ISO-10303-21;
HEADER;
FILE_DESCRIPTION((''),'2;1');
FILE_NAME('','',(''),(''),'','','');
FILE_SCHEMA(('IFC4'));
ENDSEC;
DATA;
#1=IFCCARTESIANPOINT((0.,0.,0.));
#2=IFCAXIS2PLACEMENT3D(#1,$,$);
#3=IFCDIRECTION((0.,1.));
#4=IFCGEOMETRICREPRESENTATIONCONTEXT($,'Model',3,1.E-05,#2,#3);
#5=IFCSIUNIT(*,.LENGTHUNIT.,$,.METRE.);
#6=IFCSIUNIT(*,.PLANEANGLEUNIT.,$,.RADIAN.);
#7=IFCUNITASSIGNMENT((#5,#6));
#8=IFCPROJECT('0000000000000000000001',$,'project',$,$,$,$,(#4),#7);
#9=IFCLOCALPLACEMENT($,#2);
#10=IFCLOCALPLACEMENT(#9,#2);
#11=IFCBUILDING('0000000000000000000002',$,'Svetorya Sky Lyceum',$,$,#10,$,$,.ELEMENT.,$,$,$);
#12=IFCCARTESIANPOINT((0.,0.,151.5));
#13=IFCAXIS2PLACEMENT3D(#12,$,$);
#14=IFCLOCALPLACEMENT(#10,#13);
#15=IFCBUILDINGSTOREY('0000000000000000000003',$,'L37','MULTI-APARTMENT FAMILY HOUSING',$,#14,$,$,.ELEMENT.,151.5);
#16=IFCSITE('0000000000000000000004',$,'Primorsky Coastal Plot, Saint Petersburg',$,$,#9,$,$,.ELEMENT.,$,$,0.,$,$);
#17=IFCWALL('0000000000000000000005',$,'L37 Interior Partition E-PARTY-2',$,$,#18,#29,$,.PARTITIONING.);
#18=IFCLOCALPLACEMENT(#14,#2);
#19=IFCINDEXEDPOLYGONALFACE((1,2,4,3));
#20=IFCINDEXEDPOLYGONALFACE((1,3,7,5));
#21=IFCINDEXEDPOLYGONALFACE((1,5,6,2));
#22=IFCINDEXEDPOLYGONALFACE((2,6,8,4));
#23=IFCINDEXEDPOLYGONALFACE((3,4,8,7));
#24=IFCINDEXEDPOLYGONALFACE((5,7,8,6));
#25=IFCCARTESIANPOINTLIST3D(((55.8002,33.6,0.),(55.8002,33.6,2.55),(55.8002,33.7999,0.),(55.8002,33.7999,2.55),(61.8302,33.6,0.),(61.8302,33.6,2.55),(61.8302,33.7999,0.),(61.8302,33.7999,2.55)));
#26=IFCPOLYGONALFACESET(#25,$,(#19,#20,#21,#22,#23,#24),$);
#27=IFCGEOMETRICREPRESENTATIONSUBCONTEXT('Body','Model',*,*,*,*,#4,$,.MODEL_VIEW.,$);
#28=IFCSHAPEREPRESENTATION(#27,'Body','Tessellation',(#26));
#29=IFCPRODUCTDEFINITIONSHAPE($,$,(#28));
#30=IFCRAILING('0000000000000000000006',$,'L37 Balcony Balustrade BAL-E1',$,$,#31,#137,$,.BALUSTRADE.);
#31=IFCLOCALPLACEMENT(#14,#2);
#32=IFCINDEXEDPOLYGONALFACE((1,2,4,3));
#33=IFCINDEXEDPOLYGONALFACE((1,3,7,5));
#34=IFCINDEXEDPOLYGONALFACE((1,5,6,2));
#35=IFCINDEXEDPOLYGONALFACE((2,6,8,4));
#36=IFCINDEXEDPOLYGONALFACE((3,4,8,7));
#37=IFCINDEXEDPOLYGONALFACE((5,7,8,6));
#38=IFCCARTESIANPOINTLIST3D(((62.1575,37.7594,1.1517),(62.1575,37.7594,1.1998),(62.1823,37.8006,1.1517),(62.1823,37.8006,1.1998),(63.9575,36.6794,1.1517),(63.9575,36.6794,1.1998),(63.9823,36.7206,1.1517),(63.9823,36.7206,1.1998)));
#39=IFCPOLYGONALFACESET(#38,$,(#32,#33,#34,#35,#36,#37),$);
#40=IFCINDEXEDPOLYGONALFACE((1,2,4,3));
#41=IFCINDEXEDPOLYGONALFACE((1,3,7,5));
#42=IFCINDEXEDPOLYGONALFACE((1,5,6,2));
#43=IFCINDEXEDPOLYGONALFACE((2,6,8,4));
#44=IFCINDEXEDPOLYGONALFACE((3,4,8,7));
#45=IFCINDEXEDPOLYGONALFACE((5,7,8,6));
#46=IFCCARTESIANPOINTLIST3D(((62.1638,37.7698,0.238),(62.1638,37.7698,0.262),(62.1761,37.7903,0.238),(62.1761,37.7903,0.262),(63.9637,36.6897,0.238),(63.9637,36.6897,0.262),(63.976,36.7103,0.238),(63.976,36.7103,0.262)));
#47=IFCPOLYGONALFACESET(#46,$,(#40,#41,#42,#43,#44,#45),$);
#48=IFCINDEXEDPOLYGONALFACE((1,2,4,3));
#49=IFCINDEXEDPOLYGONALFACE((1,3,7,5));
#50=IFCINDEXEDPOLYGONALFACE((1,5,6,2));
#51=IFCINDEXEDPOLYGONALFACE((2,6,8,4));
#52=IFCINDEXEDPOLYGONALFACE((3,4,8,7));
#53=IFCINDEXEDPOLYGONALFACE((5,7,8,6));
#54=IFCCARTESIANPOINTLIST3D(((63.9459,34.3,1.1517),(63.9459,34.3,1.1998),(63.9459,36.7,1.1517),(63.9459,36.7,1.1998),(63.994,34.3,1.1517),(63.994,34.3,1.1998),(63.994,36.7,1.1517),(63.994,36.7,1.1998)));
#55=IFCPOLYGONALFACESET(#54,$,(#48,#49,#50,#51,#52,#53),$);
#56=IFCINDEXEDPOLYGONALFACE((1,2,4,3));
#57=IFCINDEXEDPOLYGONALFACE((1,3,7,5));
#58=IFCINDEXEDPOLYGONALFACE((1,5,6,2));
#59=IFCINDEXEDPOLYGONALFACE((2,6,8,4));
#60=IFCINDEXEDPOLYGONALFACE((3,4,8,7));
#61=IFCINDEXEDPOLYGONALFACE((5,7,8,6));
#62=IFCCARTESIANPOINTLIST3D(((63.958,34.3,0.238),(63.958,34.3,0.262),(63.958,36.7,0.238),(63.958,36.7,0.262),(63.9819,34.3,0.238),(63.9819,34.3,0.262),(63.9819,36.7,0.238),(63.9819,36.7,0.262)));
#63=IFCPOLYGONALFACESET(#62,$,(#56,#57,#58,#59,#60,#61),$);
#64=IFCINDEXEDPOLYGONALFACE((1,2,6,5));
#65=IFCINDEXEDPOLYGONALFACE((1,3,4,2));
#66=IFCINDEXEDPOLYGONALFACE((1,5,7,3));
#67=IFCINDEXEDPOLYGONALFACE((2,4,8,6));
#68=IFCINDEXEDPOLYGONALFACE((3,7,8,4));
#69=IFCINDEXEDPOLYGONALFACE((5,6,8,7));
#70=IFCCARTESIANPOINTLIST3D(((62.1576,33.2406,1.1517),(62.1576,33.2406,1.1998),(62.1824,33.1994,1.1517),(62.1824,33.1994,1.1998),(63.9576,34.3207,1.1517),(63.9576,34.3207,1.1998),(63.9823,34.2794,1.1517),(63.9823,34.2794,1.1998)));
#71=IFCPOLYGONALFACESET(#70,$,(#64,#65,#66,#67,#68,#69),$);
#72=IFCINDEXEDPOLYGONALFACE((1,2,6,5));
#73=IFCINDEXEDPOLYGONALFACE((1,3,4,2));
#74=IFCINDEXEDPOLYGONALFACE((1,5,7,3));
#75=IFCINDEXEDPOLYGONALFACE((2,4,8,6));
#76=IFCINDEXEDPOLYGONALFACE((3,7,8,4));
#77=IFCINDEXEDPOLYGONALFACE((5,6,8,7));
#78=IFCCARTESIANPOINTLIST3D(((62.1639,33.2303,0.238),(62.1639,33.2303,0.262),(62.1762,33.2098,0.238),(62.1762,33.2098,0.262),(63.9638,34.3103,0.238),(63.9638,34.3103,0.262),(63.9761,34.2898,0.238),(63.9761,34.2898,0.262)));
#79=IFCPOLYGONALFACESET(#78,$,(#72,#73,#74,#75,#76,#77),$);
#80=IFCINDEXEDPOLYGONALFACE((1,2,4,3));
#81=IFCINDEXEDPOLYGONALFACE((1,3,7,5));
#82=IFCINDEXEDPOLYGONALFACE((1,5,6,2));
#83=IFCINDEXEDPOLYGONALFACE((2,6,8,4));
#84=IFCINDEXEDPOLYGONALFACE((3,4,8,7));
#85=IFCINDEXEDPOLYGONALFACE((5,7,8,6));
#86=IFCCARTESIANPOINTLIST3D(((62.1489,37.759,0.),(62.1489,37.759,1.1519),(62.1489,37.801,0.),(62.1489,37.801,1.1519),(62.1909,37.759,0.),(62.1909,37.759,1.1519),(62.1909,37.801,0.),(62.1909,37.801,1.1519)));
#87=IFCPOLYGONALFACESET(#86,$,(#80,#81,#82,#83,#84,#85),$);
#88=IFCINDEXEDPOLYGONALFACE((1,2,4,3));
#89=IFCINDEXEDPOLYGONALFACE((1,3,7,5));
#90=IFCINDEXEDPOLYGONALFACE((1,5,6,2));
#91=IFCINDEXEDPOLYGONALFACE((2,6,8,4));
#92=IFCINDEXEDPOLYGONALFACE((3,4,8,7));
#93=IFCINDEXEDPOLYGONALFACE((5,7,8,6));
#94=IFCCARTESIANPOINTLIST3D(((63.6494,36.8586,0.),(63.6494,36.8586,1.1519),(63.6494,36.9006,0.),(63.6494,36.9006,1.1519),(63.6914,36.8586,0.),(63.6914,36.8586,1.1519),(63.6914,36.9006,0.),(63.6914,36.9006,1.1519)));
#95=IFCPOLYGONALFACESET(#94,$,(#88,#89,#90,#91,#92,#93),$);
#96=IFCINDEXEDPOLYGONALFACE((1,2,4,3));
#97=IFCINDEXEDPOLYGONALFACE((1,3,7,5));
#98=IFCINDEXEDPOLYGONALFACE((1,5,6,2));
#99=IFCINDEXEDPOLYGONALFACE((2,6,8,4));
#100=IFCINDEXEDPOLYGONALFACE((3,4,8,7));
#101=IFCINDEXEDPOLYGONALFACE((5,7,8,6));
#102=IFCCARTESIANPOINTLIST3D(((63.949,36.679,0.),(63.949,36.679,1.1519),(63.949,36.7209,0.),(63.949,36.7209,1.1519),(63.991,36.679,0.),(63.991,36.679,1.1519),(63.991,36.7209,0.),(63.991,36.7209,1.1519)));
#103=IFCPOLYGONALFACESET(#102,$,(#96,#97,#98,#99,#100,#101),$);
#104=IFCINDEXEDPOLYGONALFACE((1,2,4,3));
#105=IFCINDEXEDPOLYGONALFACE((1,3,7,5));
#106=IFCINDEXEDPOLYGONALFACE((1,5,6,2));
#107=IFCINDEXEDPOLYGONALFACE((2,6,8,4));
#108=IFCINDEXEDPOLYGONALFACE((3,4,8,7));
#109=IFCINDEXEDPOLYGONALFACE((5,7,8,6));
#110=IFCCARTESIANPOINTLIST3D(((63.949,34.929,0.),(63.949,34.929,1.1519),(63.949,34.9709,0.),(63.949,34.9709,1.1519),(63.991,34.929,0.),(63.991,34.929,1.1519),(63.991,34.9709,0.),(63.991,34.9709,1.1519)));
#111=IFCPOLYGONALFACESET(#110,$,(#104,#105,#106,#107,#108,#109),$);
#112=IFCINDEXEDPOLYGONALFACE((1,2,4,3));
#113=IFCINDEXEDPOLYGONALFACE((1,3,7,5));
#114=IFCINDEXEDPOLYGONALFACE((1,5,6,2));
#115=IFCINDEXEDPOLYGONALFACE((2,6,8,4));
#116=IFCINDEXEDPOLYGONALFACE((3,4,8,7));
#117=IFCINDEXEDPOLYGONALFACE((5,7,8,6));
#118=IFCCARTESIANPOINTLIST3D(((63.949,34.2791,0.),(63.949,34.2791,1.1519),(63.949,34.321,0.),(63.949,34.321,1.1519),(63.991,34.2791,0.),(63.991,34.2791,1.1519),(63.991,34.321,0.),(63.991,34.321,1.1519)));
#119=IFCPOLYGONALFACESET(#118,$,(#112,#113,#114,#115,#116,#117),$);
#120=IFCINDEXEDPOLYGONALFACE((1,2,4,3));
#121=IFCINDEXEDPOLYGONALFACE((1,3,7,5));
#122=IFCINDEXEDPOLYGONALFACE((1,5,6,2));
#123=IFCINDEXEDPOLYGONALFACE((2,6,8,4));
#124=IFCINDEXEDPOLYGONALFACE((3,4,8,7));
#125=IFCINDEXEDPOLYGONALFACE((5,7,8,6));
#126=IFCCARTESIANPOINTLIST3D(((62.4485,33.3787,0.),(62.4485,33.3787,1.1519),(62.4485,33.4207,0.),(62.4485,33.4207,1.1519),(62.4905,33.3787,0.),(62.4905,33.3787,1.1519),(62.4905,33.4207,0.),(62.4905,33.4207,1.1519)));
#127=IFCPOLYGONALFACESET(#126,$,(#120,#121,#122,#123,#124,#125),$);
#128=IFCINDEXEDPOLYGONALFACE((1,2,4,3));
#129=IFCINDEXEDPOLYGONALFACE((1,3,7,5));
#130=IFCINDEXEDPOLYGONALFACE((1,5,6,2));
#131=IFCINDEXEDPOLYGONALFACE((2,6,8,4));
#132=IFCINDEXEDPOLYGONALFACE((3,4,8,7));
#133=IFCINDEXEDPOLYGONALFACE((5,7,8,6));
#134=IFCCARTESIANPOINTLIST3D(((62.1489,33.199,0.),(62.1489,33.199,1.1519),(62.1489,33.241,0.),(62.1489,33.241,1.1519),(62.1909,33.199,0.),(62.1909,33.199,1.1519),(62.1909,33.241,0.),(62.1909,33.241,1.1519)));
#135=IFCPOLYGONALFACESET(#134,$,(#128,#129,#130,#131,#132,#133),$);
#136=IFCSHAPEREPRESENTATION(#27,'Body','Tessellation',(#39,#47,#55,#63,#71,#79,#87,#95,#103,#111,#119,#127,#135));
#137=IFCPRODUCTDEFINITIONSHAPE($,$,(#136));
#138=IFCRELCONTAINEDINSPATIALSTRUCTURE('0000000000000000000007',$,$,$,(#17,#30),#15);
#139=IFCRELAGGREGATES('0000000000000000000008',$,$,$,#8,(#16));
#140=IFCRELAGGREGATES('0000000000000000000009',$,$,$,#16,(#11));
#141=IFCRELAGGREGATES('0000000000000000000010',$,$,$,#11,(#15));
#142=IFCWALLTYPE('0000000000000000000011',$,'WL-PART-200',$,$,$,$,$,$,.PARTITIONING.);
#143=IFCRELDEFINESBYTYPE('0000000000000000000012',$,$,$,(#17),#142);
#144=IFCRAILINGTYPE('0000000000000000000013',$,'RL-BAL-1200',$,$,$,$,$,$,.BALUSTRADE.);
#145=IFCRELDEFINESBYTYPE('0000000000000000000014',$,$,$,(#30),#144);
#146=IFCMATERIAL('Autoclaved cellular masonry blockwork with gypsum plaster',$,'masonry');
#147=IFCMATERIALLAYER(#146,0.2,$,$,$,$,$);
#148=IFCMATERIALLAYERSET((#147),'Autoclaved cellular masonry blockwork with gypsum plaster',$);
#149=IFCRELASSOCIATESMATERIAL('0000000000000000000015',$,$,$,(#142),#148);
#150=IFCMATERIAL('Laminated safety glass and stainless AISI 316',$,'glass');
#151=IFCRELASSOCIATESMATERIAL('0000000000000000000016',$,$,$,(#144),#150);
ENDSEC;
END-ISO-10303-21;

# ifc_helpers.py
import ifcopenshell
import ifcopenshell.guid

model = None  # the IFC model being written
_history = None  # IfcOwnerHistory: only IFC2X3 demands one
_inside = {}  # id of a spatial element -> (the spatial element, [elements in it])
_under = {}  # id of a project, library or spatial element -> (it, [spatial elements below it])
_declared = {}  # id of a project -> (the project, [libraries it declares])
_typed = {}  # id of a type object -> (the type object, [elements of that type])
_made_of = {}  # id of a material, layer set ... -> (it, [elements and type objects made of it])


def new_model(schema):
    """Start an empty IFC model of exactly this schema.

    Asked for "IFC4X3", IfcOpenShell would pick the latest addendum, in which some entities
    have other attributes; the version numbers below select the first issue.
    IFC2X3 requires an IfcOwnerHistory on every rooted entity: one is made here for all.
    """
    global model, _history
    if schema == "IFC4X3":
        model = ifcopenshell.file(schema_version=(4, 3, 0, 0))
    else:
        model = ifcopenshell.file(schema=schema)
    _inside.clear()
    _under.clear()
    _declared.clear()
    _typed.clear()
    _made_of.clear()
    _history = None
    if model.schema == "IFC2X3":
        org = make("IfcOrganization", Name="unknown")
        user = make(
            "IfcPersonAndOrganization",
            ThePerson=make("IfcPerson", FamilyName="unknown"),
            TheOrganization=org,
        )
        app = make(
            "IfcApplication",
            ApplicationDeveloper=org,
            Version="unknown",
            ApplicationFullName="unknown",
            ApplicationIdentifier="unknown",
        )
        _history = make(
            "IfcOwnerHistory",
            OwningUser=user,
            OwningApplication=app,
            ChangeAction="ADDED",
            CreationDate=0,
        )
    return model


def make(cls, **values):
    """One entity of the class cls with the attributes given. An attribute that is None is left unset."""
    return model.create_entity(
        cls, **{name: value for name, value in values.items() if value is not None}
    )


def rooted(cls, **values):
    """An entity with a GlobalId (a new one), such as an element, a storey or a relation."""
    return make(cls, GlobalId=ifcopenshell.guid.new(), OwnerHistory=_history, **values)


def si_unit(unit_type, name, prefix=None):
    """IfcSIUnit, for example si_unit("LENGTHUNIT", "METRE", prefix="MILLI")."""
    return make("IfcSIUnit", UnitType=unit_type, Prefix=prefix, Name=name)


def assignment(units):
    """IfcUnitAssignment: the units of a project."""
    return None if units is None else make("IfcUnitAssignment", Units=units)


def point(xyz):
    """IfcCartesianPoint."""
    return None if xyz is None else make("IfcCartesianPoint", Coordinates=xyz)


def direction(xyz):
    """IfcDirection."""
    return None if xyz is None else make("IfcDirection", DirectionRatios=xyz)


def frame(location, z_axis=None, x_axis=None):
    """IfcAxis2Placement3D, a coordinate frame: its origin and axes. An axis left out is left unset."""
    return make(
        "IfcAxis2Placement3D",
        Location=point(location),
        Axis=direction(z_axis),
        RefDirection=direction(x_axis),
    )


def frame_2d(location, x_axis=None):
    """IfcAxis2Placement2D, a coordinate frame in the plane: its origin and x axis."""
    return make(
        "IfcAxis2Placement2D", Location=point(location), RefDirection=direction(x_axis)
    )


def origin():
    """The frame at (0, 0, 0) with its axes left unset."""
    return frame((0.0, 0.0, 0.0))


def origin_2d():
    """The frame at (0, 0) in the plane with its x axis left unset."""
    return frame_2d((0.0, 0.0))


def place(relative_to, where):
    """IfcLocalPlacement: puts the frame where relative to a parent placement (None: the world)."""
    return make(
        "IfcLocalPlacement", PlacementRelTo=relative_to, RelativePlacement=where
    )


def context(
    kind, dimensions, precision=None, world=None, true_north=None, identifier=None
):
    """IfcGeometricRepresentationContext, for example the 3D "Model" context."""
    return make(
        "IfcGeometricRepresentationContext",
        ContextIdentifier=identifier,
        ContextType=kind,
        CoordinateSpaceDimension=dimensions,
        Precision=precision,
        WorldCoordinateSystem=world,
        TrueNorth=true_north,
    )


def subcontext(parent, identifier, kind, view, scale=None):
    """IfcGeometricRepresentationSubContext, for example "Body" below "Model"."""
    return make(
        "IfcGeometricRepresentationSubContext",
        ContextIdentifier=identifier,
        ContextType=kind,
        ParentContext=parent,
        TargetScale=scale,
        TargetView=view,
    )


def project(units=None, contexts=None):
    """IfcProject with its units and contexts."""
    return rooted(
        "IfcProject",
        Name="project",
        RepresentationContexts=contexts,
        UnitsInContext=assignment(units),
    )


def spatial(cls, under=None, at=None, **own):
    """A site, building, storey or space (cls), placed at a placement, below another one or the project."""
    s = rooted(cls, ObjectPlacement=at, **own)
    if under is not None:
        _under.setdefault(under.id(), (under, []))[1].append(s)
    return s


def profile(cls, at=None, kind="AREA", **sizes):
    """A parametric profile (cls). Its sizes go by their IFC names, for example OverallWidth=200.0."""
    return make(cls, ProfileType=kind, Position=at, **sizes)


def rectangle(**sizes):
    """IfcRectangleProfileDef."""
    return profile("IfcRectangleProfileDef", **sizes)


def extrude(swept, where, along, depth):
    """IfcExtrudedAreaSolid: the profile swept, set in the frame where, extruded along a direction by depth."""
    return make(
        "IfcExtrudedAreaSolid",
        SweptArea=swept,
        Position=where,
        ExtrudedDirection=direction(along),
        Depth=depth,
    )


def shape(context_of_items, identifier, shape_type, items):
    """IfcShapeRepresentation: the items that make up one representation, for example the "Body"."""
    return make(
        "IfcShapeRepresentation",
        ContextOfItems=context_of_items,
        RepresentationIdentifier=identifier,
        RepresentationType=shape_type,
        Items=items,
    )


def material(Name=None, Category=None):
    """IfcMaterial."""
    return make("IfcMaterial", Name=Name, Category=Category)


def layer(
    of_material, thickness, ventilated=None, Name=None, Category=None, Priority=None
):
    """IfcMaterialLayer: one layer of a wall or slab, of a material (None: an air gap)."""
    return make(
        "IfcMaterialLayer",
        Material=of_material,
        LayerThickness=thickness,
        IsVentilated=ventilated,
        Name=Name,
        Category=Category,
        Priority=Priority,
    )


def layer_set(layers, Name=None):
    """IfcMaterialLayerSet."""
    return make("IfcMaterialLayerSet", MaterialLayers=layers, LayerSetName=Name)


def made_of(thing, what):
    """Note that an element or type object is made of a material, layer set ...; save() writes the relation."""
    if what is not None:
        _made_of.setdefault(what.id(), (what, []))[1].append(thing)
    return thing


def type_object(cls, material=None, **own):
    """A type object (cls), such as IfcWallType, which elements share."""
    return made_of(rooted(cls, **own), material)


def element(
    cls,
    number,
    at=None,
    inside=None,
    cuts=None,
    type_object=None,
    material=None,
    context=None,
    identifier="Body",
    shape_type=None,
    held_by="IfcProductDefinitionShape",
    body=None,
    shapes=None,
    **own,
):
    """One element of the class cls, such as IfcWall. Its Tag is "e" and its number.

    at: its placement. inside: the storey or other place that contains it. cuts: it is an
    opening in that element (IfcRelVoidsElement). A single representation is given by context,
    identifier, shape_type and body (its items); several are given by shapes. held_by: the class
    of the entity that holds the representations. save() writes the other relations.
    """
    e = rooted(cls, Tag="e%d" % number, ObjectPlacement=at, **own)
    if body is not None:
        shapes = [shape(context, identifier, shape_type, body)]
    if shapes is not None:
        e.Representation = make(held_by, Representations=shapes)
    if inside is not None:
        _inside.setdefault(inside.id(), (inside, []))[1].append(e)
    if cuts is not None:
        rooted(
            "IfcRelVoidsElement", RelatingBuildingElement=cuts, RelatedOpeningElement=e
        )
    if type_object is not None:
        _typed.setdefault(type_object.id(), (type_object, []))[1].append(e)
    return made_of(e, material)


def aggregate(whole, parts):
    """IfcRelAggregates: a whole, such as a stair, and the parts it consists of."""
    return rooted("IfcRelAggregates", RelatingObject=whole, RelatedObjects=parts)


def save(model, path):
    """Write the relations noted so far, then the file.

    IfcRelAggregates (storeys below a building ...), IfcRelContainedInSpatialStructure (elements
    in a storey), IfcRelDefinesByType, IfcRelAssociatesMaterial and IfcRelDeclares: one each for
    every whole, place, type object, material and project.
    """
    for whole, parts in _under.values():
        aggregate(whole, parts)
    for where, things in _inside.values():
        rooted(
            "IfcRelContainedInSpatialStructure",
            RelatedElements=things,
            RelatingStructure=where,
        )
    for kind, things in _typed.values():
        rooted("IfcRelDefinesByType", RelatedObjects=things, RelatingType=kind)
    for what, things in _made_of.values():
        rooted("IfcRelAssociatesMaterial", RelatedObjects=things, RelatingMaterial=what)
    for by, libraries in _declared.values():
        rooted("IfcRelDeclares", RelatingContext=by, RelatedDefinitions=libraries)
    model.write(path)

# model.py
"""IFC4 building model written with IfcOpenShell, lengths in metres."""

from ifc_helpers import new_model, si_unit, direction, frame, frame_2d, origin, origin_2d, place, context, subcontext, project, spatial, rectangle, extrude, material, layer, layer_set, type_object, element, save


model = new_model("IFC4")

# Units and contexts
model_context = context("Model", 3, precision=1e-05, world=origin(), true_north=direction((0.0, 1.0)))
body_context = subcontext(model_context, "Body", "Model", "MODEL_VIEW")
ifc_project = project(units=[si_unit("LENGTHUNIT", "METRE"), si_unit("PLANEANGLEUNIT", "RADIAN")], contexts=[model_context])

# Site, building, storey
site_placement = place(None, origin())
site = spatial("IfcSite", under=ifc_project, at=site_placement, Name="Primorsky Coastal Plot, Saint Petersburg", CompositionType="ELEMENT", RefElevation=0.0)
building_placement = place(site_placement, origin())
building = spatial("IfcBuilding", under=site, at=building_placement, Name="Svetorya Sky Lyceum", CompositionType="ELEMENT")
storey_placement = place(building_placement, frame((0.0, 0.0, 151.5)))
storey = spatial("IfcBuildingStorey", under=building, at=storey_placement, Name="L37", Description="MULTI-APARTMENT FAMILY HOUSING", CompositionType="ELEMENT", Elevation=151.5)

# Wall
ifc_material_1 = material(Name="Autoclaved cellular masonry blockwork with gypsum plaster", Category="masonry")
ifc_layer_1 = layer(ifc_material_1, 0.2)
ifc_layer_set_1 = layer_set([ifc_layer_1], Name="Autoclaved cellular masonry blockwork with gypsum plaster")
wall_type_1 = type_object("IfcWallType", Name="WL-PART-200", PredefinedType="PARTITIONING", material=ifc_layer_set_1)
wall_1_placement = place(storey_placement, frame((55.8, 33.7, 0.0), z_axis=(0.0, 0.0, 1.0), x_axis=(1.0, 0.0, 0.0)))
element("IfcWall", 1, at=wall_1_placement, inside=storey, type_object=wall_type_1, Name="L37 Interior Partition E-PARTY-2", PredefinedType="PARTITIONING", context=body_context, shape_type="SweptSolid", body=[
    extrude(rectangle(XDim=6.03, YDim=0.2, at=frame_2d((3.0151, 0.0))), origin(), (0.0, 0.0, 1.0), 2.55),
])

# Railing
ifc_material_2 = material(Name="Laminated safety glass and stainless AISI 316", Category="glass")
railing_type = type_object("IfcRailingType", Name="RL-BAL-1200", PredefinedType="BALUSTRADE", material=ifc_material_2)
railing_placement = place(storey_placement, frame((62.1699, 37.78, 0.0)))
element("IfcRailing", 2, at=railing_placement, inside=storey, type_object=railing_type, Name="L37 Balcony Balustrade BAL-E1", PredefinedType="BALUSTRADE", context=body_context, shape_type="SweptSolid", body=[
    extrude(rectangle(XDim=0.0481, YDim=0.0481, at=origin_2d()), frame((0.0, 0.0, 1.1758), z_axis=(0.857483, -0.514513, 0.0), x_axis=(0.514513, 0.857483, 0.0)), (0.0, 0.0, 1.0), 2.0991),
    extrude(rectangle(XDim=0.0239, YDim=0.0239, at=origin_2d()), frame((0.0, 0.0, 0.25), z_axis=(0.857483, -0.514513, 0.0), x_axis=(0.514513, 0.857483, 0.0)), (0.0, 0.0, 1.0), 2.0991),
    extrude(rectangle(XDim=0.0481, YDim=0.0481, at=origin_2d()), frame((1.8, -1.0801, 1.1758), z_axis=(0.0, -1.0, 0.0), x_axis=(1.0, 0.0, 0.0)), (0.0, 0.0, 1.0), 2.3999),
    extrude(rectangle(XDim=0.0239, YDim=0.0239, at=origin_2d()), frame((1.8, -1.0801, 0.25), z_axis=(0.0, -1.0, 0.0), x_axis=(1.0, 0.0, 0.0)), (0.0, 0.0, 1.0), 2.3999),
    extrude(rectangle(XDim=0.0481, YDim=0.0481, at=origin_2d()), frame((1.8, -3.48, 1.1758), z_axis=(-0.857483, -0.514513, 0.0), x_axis=(0.514513, -0.857483, 0.0)), (0.0, 0.0, 1.0), 2.0991),
    extrude(rectangle(XDim=0.0239, YDim=0.0239, at=origin_2d()), frame((1.8, -3.48, 0.25), z_axis=(-0.857483, -0.514513, 0.0), x_axis=(0.514513, -0.857483, 0.0)), (0.0, 0.0, 1.0), 2.0991),
    extrude(rectangle(XDim=0.042, YDim=0.042, at=origin_2d()), origin(), (0.0, 0.0, 1.0), 1.1519),
    extrude(rectangle(XDim=0.042, YDim=0.042, at=origin_2d()), frame((1.5005, -0.9004, 0.0)), (0.0, 0.0, 1.0), 1.1519),
    extrude(rectangle(XDim=0.042, YDim=0.042, at=origin_2d()), frame((1.8, -1.0801, 0.0)), (0.0, 0.0, 1.0), 1.1519),
    extrude(rectangle(XDim=0.042, YDim=0.042, at=origin_2d()), frame((1.8, -2.8301, 0.0)), (0.0, 0.0, 1.0), 1.1519),
    extrude(rectangle(XDim=0.042, YDim=0.042, at=origin_2d()), frame((1.8, -3.48, 0.0)), (0.0, 0.0, 1.0), 1.1519),
    extrude(rectangle(XDim=0.042, YDim=0.042, at=origin_2d()), frame((0.2996, -4.3804, 0.0)), (0.0, 0.0, 1.0), 1.1519),
    extrude(rectangle(XDim=0.042, YDim=0.042, at=origin_2d()), frame((0.0, -4.5601, 0.0)), (0.0, 0.0, 1.0), 1.1519),
])

save(model, "model.ifc")
